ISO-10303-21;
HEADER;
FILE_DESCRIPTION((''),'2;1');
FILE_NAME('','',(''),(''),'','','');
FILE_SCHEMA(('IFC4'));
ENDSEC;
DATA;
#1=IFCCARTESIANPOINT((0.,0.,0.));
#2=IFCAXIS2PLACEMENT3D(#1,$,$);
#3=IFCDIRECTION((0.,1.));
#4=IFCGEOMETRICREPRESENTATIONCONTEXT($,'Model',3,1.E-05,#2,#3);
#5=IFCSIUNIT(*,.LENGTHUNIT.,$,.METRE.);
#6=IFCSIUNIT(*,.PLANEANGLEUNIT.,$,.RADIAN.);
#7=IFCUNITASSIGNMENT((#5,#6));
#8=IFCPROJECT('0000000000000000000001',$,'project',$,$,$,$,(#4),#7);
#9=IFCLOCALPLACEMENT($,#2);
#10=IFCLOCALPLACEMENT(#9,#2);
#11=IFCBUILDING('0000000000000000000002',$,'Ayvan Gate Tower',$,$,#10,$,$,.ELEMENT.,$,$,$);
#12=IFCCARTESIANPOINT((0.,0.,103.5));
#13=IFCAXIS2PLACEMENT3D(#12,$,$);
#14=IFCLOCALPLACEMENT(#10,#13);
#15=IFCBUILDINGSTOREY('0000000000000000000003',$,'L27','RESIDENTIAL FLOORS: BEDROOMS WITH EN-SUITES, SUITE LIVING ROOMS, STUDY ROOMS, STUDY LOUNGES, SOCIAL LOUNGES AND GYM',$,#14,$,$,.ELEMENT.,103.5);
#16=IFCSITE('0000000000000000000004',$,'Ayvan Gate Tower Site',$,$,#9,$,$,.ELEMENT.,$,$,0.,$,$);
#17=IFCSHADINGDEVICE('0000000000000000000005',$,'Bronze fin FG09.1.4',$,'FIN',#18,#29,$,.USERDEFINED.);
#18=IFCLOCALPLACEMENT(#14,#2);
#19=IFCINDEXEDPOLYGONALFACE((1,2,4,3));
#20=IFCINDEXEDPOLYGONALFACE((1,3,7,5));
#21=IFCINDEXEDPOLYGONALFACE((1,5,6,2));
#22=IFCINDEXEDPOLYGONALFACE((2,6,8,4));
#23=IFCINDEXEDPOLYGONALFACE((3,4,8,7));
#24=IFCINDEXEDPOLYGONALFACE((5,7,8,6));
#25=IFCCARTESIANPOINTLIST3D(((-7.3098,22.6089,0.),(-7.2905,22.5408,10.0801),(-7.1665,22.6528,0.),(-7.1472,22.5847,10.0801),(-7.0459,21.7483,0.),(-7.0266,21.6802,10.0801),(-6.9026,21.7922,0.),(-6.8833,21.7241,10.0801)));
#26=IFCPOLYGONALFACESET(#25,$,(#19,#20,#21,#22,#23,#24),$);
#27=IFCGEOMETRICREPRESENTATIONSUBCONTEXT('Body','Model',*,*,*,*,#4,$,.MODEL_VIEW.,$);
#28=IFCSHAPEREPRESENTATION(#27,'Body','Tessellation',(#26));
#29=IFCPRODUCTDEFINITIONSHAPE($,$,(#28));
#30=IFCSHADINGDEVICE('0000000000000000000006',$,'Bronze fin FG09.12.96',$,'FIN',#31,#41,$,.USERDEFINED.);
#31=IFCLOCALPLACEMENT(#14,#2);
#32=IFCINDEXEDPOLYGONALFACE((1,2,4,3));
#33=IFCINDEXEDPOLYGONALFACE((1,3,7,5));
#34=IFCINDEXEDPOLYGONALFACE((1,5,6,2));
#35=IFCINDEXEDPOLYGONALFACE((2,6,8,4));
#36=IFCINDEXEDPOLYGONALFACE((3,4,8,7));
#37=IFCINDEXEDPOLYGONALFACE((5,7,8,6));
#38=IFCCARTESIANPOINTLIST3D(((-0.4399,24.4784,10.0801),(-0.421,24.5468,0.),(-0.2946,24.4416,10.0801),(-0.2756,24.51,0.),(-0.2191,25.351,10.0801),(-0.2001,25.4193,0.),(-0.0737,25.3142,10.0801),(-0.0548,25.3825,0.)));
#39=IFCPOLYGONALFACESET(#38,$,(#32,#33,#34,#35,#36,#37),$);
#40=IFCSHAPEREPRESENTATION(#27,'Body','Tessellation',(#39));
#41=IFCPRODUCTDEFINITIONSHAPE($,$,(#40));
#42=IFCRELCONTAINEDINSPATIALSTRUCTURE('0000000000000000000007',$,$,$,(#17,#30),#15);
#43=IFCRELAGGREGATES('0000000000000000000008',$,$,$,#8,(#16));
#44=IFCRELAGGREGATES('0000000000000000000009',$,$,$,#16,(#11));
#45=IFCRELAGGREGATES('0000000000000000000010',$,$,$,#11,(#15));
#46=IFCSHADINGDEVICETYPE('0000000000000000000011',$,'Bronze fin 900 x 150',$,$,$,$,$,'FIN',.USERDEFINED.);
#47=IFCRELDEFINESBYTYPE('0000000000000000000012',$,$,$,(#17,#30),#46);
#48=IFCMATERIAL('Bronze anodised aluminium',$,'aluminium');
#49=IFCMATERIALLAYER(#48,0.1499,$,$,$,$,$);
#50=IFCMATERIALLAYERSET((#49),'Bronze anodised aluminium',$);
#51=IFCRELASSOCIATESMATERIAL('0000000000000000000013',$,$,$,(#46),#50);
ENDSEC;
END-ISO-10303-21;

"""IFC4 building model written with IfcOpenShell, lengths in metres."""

from ifc_helpers import new_model, si_unit, direction, frame, origin, place, context, subcontext, project, spatial, polyline, outline, extrude, material, layer, layer_set, type_object, element, save


model = new_model("IFC4")

# Units and contexts
model_context = context("Model", 3, precision=1e-05, world=origin(), true_north=direction((0.0, 1.0)))
body_context = subcontext(model_context, "Body", "Model", "MODEL_VIEW")
ifc_project = project(units=[si_unit("LENGTHUNIT", "METRE"), si_unit("PLANEANGLEUNIT", "RADIAN")], contexts=[model_context])

# Site, building, storey
site_placement = place(None, origin())
site = spatial("IfcSite", under=ifc_project, at=site_placement, Name="Ayvan Gate Tower Site", CompositionType="ELEMENT", RefElevation=0.0)
building_placement = place(site_placement, origin())
building = spatial("IfcBuilding", under=site, at=building_placement, Name="Ayvan Gate Tower", CompositionType="ELEMENT")
storey_placement = place(building_placement, frame((0.0, 0.0, 103.5)))
storey = spatial("IfcBuildingStorey", under=building, at=storey_placement, Name="L27", Description="RESIDENTIAL FLOORS: BEDROOMS WITH EN-SUITES, SUITE LIVING ROOMS, STUDY ROOMS, STUDY LOUNGES, SOCIAL LOUNGES AND GYM", CompositionType="ELEMENT", Elevation=103.5)

# Shared definitions
ifc_material_1 = material(Name="Bronze anodised aluminium", Category="aluminium")

# Shading devices
ifc_layer_1 = layer(ifc_material_1, 0.1499)
ifc_layer_set_1 = layer_set([ifc_layer_1], Name="Bronze anodised aluminium")
shading_device_type = type_object("IfcShadingDeviceType", Name="Bronze fin 900 x 150", ElementType="FIN", PredefinedType="USERDEFINED", material=ifc_layer_set_1)
shading_device_1_placement = place(storey_placement, frame((-6.9026, 21.7922, 0.0), z_axis=(0.956054, 0.29319, 0.000152), x_axis=(-0.29319, 0.956054, 0.0)))
element("IfcShadingDevice", 1, at=shading_device_1_placement, inside=storey, type_object=shading_device_type, Name="Bronze fin FG09.1.4", ObjectType="FIN", PredefinedType="USERDEFINED", context=body_context, shape_type="SweptSolid", body=[
    extrude(outline(polyline([(0.0, 0.0), (0.9002, 0.0), (0.8294, 10.0801), (-0.0708, 10.0801), (0.0, 0.0)])), origin(), (0.0, 0.0, -1.0), 0.1499),
])
shading_device_2_placement = place(storey_placement, frame((-0.2756, 24.51, 0.0), z_axis=(0.969436, -0.245343, 0.000156), x_axis=(0.245343, 0.969436, 0.0)))
element("IfcShadingDevice", 2, at=shading_device_2_placement, inside=storey, type_object=shading_device_type, Name="Bronze fin FG09.12.96", ObjectType="FIN", PredefinedType="USERDEFINED", context=body_context, shape_type="SweptSolid", body=[
    extrude(outline(polyline([(0.0, 0.0), (0.9, 0.0), (0.8292, 10.0801), (-0.0709, 10.0801), (0.0, 0.0)])), origin(), (0.0, 0.0, -1.0), 0.1499),
])

save(model, "model.ifc")
